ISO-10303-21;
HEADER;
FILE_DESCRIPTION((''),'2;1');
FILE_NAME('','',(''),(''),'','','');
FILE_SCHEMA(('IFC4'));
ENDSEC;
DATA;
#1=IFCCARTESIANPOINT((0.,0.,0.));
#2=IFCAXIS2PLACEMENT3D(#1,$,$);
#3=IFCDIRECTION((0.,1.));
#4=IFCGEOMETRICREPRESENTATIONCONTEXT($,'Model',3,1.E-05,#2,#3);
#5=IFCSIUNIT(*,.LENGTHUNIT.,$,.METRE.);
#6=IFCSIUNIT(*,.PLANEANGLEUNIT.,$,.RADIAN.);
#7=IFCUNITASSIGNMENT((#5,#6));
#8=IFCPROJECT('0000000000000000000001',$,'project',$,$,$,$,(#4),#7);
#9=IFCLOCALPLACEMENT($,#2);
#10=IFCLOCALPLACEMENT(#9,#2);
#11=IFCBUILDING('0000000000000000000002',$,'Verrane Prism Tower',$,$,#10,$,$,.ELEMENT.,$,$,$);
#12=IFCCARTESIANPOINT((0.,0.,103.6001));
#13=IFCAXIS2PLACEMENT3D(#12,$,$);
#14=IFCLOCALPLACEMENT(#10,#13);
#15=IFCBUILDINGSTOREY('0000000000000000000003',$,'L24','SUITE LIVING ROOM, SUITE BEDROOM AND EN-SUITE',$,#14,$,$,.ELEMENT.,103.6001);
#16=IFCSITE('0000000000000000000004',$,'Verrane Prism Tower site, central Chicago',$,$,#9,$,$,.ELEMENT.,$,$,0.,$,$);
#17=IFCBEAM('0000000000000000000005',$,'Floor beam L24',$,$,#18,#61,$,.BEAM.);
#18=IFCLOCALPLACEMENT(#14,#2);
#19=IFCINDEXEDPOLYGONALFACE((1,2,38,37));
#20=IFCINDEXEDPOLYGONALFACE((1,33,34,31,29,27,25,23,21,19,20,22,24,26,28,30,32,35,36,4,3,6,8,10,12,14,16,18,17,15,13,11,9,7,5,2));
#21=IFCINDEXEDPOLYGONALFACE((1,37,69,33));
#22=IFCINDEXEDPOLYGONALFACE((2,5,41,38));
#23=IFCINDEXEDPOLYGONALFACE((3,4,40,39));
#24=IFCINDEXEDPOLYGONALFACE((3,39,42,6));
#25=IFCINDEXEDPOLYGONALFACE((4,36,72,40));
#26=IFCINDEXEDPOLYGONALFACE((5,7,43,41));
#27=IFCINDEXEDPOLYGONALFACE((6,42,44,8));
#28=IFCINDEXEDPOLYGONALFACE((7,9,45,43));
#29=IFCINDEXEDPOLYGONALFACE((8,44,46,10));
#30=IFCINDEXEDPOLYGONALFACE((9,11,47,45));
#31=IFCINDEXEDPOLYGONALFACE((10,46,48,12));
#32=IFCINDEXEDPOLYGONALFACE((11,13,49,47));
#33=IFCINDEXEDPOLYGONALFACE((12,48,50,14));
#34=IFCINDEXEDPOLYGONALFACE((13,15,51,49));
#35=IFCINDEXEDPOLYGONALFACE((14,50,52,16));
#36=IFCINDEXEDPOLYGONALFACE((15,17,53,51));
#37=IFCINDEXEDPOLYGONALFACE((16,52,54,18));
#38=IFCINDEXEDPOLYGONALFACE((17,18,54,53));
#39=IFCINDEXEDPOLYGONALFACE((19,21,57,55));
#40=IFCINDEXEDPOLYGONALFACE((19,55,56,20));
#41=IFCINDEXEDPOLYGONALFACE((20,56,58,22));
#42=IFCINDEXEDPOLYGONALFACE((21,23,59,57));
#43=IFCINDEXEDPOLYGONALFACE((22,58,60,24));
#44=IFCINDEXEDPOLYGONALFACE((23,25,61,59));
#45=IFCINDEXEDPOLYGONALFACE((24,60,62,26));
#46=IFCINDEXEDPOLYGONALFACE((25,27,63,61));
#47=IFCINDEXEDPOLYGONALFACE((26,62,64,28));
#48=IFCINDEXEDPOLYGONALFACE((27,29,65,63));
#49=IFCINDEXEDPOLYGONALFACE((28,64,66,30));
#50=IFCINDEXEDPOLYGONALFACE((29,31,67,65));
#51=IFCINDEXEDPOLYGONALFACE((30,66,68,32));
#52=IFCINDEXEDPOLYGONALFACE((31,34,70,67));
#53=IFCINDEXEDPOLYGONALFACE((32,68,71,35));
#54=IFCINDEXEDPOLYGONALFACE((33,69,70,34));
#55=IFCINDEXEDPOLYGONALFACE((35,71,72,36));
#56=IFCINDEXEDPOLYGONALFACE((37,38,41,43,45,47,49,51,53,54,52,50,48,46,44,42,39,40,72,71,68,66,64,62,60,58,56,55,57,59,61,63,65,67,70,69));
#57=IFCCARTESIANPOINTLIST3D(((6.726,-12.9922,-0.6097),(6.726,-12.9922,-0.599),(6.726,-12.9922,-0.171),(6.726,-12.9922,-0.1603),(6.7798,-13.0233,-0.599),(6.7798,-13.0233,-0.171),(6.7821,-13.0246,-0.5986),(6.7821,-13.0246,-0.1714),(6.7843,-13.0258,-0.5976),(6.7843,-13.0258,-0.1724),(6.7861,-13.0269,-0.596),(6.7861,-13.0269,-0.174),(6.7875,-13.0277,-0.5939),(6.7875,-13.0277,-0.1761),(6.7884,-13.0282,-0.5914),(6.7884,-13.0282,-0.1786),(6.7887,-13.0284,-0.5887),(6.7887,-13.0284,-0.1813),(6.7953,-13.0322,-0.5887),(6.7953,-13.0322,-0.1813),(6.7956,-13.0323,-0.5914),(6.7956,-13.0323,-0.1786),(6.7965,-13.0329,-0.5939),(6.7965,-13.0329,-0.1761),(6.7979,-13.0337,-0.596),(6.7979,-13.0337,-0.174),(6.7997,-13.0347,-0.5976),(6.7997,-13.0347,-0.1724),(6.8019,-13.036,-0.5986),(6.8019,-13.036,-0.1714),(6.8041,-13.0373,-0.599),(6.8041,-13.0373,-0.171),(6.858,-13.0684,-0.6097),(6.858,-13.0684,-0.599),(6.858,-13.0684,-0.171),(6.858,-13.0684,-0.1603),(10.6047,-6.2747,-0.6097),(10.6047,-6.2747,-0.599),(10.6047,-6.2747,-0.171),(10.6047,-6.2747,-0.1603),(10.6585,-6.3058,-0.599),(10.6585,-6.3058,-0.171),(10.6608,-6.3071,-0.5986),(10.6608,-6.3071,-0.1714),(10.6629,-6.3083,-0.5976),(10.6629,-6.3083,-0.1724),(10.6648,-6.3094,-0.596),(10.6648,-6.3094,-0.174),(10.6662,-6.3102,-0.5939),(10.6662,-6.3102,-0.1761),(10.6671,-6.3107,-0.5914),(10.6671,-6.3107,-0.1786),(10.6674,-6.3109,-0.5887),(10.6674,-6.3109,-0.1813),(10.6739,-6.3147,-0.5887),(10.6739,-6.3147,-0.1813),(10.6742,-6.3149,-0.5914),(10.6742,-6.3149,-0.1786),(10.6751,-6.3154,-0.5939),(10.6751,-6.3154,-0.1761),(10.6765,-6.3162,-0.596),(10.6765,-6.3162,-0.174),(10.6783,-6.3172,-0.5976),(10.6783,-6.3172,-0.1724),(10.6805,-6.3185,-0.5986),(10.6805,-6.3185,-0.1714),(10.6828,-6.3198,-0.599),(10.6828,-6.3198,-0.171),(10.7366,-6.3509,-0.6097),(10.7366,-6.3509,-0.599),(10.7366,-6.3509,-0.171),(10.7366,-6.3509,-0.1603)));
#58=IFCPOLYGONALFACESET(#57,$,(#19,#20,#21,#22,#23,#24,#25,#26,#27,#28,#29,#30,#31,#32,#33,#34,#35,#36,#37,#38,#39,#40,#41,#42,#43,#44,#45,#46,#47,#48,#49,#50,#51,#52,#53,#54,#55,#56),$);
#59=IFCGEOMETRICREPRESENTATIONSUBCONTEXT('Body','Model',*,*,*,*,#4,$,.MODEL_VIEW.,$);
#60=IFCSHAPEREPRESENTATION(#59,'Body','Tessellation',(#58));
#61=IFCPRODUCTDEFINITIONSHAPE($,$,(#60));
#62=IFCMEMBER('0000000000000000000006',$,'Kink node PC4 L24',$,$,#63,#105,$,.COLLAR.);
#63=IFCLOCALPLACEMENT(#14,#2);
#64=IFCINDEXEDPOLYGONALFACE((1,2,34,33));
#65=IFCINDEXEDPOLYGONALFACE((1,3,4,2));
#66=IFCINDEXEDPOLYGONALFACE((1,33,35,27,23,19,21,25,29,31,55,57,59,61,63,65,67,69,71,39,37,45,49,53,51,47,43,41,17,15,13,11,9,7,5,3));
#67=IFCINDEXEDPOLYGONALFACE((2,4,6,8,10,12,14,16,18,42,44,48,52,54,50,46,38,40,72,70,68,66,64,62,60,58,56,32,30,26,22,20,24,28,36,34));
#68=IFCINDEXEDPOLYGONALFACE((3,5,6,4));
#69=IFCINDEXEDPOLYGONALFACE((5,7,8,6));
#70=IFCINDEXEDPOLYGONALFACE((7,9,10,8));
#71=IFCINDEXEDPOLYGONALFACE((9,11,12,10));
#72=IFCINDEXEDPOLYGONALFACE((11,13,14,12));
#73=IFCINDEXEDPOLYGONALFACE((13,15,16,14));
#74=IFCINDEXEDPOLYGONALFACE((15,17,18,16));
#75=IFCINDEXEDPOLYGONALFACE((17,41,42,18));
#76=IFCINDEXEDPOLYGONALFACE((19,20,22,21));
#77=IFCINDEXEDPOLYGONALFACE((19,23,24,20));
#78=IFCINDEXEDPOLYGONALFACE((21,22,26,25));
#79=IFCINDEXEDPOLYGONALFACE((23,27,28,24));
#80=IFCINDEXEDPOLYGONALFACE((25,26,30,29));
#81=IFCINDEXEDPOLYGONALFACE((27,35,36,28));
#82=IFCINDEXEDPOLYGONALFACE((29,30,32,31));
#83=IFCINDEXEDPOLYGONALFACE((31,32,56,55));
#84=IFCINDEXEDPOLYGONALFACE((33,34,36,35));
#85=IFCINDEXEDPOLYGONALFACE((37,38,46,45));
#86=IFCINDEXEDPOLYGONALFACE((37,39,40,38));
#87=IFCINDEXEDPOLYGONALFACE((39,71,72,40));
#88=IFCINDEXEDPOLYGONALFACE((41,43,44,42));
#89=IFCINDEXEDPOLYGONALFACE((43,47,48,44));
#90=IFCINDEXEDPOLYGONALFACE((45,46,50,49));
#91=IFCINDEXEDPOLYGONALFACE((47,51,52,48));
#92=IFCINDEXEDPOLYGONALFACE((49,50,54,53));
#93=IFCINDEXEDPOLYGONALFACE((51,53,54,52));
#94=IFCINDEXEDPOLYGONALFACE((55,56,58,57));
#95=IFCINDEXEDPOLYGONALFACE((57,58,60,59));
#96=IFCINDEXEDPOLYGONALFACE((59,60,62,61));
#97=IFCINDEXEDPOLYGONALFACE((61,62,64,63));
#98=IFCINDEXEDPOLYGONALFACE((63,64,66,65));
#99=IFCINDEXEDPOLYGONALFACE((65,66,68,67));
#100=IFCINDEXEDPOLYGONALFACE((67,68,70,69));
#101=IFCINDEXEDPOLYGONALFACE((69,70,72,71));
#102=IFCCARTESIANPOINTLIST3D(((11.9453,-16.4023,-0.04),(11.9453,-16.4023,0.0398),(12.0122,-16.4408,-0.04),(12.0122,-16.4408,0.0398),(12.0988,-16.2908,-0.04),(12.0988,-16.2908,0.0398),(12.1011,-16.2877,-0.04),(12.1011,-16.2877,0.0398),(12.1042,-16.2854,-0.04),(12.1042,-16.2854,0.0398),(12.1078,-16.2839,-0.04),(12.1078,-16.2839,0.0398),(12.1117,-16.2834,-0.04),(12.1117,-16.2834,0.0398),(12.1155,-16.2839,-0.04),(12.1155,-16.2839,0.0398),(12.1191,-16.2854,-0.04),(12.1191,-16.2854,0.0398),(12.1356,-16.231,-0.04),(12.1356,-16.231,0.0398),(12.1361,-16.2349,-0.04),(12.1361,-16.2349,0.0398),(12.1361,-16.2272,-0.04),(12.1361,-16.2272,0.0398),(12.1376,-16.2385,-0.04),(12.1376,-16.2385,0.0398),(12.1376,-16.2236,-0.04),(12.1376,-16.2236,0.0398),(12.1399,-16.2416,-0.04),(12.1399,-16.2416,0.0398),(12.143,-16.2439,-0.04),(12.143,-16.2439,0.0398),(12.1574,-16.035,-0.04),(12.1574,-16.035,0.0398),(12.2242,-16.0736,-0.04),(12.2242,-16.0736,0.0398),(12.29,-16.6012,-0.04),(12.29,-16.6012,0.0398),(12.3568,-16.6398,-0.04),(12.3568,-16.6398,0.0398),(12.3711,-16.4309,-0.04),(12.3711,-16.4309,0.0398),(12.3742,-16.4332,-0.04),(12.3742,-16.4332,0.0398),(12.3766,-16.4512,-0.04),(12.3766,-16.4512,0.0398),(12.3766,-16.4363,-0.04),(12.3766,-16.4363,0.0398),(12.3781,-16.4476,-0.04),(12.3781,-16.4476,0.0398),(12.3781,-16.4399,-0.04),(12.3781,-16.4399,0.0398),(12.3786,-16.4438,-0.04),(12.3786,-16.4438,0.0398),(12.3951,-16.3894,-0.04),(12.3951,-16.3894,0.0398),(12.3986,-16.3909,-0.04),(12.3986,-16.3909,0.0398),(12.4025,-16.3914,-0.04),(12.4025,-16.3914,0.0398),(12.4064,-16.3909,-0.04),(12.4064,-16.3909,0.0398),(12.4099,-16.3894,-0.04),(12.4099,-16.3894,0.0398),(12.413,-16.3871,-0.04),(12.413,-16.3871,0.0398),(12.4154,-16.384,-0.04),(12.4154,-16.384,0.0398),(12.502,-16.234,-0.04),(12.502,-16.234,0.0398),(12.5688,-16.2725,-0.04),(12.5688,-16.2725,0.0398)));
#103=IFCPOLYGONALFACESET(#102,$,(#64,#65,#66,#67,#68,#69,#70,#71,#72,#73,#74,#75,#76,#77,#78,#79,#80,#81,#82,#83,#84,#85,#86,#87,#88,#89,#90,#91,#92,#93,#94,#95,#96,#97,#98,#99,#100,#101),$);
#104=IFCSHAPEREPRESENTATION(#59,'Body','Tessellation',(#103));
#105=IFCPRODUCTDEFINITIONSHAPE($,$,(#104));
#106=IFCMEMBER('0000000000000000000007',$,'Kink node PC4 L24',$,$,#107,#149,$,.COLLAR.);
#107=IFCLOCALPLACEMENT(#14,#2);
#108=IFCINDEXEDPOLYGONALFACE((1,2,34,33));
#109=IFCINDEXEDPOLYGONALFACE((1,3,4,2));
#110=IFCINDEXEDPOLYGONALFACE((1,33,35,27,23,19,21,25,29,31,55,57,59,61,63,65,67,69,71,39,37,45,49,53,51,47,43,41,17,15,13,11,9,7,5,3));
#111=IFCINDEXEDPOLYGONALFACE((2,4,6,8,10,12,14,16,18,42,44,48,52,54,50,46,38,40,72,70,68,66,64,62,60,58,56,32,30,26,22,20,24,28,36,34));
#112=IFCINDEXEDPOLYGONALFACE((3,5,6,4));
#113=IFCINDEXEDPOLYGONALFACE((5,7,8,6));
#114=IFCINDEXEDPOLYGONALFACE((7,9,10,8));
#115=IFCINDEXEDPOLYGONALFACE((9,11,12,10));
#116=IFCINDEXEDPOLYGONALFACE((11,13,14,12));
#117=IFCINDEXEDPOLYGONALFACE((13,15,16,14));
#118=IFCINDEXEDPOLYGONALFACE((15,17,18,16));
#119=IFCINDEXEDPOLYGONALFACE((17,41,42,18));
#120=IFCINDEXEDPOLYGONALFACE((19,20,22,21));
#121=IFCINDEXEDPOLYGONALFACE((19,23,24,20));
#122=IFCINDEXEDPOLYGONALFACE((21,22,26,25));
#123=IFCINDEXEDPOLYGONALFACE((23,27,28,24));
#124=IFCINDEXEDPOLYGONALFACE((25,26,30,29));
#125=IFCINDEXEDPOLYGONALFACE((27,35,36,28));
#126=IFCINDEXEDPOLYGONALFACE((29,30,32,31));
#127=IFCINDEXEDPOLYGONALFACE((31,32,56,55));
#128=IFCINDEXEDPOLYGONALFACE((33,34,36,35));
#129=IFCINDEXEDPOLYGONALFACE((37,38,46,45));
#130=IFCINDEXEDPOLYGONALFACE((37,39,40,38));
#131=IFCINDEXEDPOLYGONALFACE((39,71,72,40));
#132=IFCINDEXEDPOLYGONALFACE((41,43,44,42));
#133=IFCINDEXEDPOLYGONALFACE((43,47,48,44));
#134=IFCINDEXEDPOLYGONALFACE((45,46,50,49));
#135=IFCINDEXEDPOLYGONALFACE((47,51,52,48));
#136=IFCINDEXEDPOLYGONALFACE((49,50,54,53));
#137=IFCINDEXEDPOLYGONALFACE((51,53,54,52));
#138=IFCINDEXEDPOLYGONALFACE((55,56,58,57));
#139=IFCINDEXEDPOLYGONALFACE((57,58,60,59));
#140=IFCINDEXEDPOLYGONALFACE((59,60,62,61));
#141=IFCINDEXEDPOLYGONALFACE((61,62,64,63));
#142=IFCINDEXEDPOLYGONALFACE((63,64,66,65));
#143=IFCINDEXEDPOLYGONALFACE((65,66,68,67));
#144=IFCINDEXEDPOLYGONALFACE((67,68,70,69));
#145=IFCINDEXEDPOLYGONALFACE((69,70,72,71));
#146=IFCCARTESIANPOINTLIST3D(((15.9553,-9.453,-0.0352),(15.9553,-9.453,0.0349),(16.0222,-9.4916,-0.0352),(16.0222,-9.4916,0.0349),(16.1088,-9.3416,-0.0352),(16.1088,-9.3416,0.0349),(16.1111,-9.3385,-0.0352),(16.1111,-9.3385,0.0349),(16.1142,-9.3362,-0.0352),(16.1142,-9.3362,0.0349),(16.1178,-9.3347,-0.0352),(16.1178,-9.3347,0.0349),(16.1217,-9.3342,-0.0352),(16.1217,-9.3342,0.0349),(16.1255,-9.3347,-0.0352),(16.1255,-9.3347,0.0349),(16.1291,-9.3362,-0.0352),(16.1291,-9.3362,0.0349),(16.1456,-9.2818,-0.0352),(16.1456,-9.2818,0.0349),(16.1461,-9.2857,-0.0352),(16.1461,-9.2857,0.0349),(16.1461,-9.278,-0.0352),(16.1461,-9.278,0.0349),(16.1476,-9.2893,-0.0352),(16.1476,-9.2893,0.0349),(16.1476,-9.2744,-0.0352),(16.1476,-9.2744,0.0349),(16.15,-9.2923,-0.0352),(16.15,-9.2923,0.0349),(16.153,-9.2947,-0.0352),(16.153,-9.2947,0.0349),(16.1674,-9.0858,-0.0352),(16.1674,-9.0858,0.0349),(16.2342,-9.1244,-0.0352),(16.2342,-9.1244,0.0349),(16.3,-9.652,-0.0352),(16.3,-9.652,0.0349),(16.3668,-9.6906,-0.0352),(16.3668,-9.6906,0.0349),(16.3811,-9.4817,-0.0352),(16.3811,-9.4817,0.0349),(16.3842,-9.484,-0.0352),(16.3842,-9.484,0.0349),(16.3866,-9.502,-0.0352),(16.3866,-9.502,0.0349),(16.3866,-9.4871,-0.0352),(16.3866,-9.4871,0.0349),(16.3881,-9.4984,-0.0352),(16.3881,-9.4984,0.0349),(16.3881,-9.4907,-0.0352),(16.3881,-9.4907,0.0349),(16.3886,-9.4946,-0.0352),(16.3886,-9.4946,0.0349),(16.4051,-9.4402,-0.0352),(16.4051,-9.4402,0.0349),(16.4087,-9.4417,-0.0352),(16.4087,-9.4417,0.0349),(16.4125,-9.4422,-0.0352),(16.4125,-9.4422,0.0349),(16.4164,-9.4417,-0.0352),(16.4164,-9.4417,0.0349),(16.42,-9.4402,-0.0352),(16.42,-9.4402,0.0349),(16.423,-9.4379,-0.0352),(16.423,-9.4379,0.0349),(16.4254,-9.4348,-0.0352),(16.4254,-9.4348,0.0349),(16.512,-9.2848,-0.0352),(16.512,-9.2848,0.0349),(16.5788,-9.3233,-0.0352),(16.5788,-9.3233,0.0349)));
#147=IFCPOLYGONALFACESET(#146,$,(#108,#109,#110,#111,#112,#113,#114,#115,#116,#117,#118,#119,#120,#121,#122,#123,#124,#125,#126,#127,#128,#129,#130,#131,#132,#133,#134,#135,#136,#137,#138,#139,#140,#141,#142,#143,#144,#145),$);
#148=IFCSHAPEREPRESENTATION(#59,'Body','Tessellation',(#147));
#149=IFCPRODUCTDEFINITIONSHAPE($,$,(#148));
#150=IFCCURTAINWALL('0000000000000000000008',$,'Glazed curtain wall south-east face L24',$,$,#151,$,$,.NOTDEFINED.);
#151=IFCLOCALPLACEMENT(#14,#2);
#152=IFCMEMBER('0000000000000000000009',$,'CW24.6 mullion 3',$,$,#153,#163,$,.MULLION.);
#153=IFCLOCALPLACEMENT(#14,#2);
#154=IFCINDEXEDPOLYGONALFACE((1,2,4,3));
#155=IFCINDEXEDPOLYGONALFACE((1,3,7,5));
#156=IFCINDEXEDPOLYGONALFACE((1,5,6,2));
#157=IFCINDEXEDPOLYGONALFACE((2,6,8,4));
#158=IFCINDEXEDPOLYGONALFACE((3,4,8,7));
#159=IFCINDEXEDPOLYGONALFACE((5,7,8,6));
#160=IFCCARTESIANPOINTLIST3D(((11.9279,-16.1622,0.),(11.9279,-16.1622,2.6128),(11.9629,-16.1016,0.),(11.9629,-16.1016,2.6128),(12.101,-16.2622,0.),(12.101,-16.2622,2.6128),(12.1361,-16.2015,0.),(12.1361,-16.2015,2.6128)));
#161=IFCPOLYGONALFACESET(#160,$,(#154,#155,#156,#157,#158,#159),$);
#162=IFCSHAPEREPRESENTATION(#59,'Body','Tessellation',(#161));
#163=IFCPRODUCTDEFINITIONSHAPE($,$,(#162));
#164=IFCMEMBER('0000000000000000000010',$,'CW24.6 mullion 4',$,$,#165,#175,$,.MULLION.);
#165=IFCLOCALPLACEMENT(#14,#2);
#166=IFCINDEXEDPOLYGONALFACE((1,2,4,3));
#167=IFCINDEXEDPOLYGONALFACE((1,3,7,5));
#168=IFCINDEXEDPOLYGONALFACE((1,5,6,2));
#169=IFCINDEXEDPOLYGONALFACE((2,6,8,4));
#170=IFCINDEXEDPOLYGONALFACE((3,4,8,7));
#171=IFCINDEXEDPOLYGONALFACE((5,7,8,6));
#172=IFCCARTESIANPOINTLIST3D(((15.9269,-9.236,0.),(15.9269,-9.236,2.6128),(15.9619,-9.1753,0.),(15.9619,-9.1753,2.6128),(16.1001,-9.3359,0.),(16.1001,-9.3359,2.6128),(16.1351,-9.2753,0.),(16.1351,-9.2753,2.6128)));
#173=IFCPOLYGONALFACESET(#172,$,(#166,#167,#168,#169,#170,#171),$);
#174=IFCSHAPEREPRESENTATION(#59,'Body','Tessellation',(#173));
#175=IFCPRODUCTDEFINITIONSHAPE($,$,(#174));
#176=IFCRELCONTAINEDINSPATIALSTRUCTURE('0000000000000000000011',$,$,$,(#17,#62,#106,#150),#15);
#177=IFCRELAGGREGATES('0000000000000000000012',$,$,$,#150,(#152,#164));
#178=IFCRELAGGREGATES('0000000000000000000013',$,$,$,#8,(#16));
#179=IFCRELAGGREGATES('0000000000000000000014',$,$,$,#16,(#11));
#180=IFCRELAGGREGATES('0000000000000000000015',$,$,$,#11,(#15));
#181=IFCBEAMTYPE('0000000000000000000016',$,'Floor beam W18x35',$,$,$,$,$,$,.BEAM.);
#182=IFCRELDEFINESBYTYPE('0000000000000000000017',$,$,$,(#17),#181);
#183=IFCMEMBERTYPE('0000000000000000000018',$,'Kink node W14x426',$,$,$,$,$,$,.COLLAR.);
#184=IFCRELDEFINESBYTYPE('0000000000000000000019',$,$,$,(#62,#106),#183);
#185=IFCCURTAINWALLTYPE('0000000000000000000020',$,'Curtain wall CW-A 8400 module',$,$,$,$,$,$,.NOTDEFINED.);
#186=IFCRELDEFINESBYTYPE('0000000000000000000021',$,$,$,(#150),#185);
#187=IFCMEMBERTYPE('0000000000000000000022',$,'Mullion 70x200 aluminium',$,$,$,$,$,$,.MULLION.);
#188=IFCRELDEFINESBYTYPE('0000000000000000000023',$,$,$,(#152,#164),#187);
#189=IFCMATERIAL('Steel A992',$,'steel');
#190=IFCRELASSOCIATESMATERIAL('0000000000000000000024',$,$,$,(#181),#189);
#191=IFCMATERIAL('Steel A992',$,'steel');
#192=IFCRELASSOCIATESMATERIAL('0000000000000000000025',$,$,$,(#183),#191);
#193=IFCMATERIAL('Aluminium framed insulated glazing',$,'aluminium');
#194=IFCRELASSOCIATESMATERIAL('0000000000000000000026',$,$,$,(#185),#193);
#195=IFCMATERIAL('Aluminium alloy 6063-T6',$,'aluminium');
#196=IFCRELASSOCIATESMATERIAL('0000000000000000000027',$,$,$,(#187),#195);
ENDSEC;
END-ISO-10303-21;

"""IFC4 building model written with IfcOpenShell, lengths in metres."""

from ifc_helpers import new_model, si_unit, direction, frame, origin, origin_2d, place, context, subcontext, project, spatial, rectangle, i_section, extrude, material, material_profile, profile_set, type_object, element, aggregate, save


model = new_model("IFC4")

# Units and contexts
model_context = context("Model", 3, precision=1e-05, world=origin(), true_north=direction((0.0, 1.0)))
body_context = subcontext(model_context, "Body", "Model", "MODEL_VIEW")
ifc_project = project(units=[si_unit("LENGTHUNIT", "METRE"), si_unit("PLANEANGLEUNIT", "RADIAN")], contexts=[model_context])

# Site, building, storey
site_placement = place(None, origin())
site = spatial("IfcSite", under=ifc_project, at=site_placement, Name="Verrane Prism Tower site, central Chicago", CompositionType="ELEMENT", RefElevation=0.0)
building_placement = place(site_placement, origin())
building = spatial("IfcBuilding", under=site, at=building_placement, Name="Verrane Prism Tower", CompositionType="ELEMENT")
storey_placement = place(building_placement, frame((0.0, 0.0, 103.6001)))
storey = spatial("IfcBuildingStorey", under=building, at=storey_placement, Name="L24", Description="SUITE LIVING ROOM, SUITE BEDROOM AND EN-SUITE", CompositionType="ELEMENT", Elevation=103.6001)

# Beam
ifc_material_1 = material(Name="Steel A992", Category="steel")
ifc_material_profile_1 = material_profile(ifc_material_1, i_section(OverallWidth=0.1523, OverallDepth=0.4495, WebThickness=0.0076, FlangeThickness=0.0107, FilletRadius=0.0103, at=origin_2d()), Name="W18x35")
ifc_profile_set_1 = profile_set([ifc_material_profile_1], Name="Steel A992")
beam_type_1 = type_object("IfcBeamType", Name="Floor beam W18x35", PredefinedType="BEAM", material=ifc_profile_set_1)
for number, where, z_axis, x_axis, name in (
    (1, (6.792, -13.0303, -0.385), (0.500028, 0.866009, 0.0), (-0.866009, 0.500028, 0.0), "Floor beam L24"),
):
    element("IfcBeam", number, at=place(storey_placement, frame(where, z_axis=z_axis, x_axis=x_axis)), inside=storey, type_object=beam_type_1, Name=name, PredefinedType="BEAM", context=body_context, shape_type="SweptSolid", body=[
        extrude(i_section(OverallWidth=0.1523, OverallDepth=0.4495, WebThickness=0.0076, FlangeThickness=0.0107, FilletRadius=0.0103, at=origin_2d()), origin(), (0.0, 0.0, 1.0), 7.7568),
    ])

# Members
ifc_material_2 = material(Name="Steel A992", Category="steel")
ifc_material_profile_2 = material_profile(ifc_material_2, i_section(OverallWidth=0.4241, OverallDepth=0.4751, WebThickness=0.0479, FlangeThickness=0.0771, FilletRadius=0.0149, at=origin_2d()), Name="W14x426")
ifc_profile_set_2 = profile_set([ifc_material_profile_2], Name="Steel A992")
member_type_1 = type_object("IfcMemberType", Name="Kink node W14x426", PredefinedType="COLLAR", material=ifc_profile_set_2)
member_1_placement = place(storey_placement, frame((12.2571, -16.3374, -0.04), z_axis=(0.0, 0.0, 1.0), x_axis=(-0.5, -0.866025, 0.0)))
element("IfcMember", 2, at=member_1_placement, inside=storey, type_object=member_type_1, Name="Kink node PC4 L24", PredefinedType="COLLAR", context=body_context, shape_type="SweptSolid", body=[
    extrude(i_section(OverallWidth=0.4241, OverallDepth=0.4751, WebThickness=0.0479, FlangeThickness=0.0771, FilletRadius=0.0149, at=origin_2d()), origin(), (0.0, 0.0, 1.0), 0.0798),
])
member_2_placement = place(storey_placement, frame((16.2671, -9.3882, -0.0352), z_axis=(0.0, 0.0, 1.0), x_axis=(-0.5, -0.866025, 0.0)))
element("IfcMember", 3, at=member_2_placement, inside=storey, type_object=member_type_1, Name="Kink node PC4 L24", PredefinedType="COLLAR", context=body_context, shape_type="SweptSolid", body=[
    extrude(i_section(OverallWidth=0.4241, OverallDepth=0.4751, WebThickness=0.0479, FlangeThickness=0.0771, FilletRadius=0.0149, at=origin_2d()), origin(), (0.0, 0.0, 1.0), 0.0701),
])

# Curtain wall, members
ifc_material_3 = material(Name="Aluminium framed insulated glazing", Category="aluminium")
curtain_wall_type = type_object("IfcCurtainWallType", Name="Curtain wall CW-A 8400 module", PredefinedType="NOTDEFINED", material=ifc_material_3)
curtain_wall_placement = place(storey_placement, origin())
curtain_wall = element("IfcCurtainWall", 4, at=curtain_wall_placement, inside=storey, type_object=curtain_wall_type, Name="Glazed curtain wall south-east face L24", PredefinedType="NOTDEFINED")
ifc_material_4 = material(Name="Aluminium alloy 6063-T6", Category="aluminium")
ifc_material_profile_3 = material_profile(ifc_material_4, rectangle(XDim=0.2, YDim=0.0701, at=origin_2d()), Name="Mullion 70x200 aluminium")
ifc_profile_set_3 = profile_set([ifc_material_profile_3], Name="Aluminium alloy 6063-T6")
member_type_2 = type_object("IfcMemberType", Name="Mullion 70x200 aluminium", PredefinedType="MULLION", material=ifc_profile_set_3)
member_3_placement = place(storey_placement, frame((12.032, -16.1819, 0.0), z_axis=(0.0, 0.0, 1.0), x_axis=(-0.866025, 0.5, 0.0)))
member_3 = element("IfcMember", 5, at=member_3_placement, type_object=member_type_2, Name="CW24.6 mullion 3", PredefinedType="MULLION", context=body_context, shape_type="SweptSolid", body=[
    extrude(rectangle(XDim=0.2, YDim=0.0701, at=origin_2d()), origin(), (0.0, 0.0, 1.0), 2.6128),
])
member_4_placement = place(storey_placement, frame((16.031, -9.2556, 0.0), z_axis=(0.0, 0.0, 1.0), x_axis=(-0.866025, 0.5, 0.0)))
member_4 = element("IfcMember", 6, at=member_4_placement, type_object=member_type_2, Name="CW24.6 mullion 4", PredefinedType="MULLION", context=body_context, shape_type="SweptSolid", body=[
    extrude(rectangle(XDim=0.2, YDim=0.0701, at=origin_2d()), origin(), (0.0, 0.0, 1.0), 2.6128),
])

aggregate(curtain_wall, [member_3, member_4])

save(model, "model.ifc")
